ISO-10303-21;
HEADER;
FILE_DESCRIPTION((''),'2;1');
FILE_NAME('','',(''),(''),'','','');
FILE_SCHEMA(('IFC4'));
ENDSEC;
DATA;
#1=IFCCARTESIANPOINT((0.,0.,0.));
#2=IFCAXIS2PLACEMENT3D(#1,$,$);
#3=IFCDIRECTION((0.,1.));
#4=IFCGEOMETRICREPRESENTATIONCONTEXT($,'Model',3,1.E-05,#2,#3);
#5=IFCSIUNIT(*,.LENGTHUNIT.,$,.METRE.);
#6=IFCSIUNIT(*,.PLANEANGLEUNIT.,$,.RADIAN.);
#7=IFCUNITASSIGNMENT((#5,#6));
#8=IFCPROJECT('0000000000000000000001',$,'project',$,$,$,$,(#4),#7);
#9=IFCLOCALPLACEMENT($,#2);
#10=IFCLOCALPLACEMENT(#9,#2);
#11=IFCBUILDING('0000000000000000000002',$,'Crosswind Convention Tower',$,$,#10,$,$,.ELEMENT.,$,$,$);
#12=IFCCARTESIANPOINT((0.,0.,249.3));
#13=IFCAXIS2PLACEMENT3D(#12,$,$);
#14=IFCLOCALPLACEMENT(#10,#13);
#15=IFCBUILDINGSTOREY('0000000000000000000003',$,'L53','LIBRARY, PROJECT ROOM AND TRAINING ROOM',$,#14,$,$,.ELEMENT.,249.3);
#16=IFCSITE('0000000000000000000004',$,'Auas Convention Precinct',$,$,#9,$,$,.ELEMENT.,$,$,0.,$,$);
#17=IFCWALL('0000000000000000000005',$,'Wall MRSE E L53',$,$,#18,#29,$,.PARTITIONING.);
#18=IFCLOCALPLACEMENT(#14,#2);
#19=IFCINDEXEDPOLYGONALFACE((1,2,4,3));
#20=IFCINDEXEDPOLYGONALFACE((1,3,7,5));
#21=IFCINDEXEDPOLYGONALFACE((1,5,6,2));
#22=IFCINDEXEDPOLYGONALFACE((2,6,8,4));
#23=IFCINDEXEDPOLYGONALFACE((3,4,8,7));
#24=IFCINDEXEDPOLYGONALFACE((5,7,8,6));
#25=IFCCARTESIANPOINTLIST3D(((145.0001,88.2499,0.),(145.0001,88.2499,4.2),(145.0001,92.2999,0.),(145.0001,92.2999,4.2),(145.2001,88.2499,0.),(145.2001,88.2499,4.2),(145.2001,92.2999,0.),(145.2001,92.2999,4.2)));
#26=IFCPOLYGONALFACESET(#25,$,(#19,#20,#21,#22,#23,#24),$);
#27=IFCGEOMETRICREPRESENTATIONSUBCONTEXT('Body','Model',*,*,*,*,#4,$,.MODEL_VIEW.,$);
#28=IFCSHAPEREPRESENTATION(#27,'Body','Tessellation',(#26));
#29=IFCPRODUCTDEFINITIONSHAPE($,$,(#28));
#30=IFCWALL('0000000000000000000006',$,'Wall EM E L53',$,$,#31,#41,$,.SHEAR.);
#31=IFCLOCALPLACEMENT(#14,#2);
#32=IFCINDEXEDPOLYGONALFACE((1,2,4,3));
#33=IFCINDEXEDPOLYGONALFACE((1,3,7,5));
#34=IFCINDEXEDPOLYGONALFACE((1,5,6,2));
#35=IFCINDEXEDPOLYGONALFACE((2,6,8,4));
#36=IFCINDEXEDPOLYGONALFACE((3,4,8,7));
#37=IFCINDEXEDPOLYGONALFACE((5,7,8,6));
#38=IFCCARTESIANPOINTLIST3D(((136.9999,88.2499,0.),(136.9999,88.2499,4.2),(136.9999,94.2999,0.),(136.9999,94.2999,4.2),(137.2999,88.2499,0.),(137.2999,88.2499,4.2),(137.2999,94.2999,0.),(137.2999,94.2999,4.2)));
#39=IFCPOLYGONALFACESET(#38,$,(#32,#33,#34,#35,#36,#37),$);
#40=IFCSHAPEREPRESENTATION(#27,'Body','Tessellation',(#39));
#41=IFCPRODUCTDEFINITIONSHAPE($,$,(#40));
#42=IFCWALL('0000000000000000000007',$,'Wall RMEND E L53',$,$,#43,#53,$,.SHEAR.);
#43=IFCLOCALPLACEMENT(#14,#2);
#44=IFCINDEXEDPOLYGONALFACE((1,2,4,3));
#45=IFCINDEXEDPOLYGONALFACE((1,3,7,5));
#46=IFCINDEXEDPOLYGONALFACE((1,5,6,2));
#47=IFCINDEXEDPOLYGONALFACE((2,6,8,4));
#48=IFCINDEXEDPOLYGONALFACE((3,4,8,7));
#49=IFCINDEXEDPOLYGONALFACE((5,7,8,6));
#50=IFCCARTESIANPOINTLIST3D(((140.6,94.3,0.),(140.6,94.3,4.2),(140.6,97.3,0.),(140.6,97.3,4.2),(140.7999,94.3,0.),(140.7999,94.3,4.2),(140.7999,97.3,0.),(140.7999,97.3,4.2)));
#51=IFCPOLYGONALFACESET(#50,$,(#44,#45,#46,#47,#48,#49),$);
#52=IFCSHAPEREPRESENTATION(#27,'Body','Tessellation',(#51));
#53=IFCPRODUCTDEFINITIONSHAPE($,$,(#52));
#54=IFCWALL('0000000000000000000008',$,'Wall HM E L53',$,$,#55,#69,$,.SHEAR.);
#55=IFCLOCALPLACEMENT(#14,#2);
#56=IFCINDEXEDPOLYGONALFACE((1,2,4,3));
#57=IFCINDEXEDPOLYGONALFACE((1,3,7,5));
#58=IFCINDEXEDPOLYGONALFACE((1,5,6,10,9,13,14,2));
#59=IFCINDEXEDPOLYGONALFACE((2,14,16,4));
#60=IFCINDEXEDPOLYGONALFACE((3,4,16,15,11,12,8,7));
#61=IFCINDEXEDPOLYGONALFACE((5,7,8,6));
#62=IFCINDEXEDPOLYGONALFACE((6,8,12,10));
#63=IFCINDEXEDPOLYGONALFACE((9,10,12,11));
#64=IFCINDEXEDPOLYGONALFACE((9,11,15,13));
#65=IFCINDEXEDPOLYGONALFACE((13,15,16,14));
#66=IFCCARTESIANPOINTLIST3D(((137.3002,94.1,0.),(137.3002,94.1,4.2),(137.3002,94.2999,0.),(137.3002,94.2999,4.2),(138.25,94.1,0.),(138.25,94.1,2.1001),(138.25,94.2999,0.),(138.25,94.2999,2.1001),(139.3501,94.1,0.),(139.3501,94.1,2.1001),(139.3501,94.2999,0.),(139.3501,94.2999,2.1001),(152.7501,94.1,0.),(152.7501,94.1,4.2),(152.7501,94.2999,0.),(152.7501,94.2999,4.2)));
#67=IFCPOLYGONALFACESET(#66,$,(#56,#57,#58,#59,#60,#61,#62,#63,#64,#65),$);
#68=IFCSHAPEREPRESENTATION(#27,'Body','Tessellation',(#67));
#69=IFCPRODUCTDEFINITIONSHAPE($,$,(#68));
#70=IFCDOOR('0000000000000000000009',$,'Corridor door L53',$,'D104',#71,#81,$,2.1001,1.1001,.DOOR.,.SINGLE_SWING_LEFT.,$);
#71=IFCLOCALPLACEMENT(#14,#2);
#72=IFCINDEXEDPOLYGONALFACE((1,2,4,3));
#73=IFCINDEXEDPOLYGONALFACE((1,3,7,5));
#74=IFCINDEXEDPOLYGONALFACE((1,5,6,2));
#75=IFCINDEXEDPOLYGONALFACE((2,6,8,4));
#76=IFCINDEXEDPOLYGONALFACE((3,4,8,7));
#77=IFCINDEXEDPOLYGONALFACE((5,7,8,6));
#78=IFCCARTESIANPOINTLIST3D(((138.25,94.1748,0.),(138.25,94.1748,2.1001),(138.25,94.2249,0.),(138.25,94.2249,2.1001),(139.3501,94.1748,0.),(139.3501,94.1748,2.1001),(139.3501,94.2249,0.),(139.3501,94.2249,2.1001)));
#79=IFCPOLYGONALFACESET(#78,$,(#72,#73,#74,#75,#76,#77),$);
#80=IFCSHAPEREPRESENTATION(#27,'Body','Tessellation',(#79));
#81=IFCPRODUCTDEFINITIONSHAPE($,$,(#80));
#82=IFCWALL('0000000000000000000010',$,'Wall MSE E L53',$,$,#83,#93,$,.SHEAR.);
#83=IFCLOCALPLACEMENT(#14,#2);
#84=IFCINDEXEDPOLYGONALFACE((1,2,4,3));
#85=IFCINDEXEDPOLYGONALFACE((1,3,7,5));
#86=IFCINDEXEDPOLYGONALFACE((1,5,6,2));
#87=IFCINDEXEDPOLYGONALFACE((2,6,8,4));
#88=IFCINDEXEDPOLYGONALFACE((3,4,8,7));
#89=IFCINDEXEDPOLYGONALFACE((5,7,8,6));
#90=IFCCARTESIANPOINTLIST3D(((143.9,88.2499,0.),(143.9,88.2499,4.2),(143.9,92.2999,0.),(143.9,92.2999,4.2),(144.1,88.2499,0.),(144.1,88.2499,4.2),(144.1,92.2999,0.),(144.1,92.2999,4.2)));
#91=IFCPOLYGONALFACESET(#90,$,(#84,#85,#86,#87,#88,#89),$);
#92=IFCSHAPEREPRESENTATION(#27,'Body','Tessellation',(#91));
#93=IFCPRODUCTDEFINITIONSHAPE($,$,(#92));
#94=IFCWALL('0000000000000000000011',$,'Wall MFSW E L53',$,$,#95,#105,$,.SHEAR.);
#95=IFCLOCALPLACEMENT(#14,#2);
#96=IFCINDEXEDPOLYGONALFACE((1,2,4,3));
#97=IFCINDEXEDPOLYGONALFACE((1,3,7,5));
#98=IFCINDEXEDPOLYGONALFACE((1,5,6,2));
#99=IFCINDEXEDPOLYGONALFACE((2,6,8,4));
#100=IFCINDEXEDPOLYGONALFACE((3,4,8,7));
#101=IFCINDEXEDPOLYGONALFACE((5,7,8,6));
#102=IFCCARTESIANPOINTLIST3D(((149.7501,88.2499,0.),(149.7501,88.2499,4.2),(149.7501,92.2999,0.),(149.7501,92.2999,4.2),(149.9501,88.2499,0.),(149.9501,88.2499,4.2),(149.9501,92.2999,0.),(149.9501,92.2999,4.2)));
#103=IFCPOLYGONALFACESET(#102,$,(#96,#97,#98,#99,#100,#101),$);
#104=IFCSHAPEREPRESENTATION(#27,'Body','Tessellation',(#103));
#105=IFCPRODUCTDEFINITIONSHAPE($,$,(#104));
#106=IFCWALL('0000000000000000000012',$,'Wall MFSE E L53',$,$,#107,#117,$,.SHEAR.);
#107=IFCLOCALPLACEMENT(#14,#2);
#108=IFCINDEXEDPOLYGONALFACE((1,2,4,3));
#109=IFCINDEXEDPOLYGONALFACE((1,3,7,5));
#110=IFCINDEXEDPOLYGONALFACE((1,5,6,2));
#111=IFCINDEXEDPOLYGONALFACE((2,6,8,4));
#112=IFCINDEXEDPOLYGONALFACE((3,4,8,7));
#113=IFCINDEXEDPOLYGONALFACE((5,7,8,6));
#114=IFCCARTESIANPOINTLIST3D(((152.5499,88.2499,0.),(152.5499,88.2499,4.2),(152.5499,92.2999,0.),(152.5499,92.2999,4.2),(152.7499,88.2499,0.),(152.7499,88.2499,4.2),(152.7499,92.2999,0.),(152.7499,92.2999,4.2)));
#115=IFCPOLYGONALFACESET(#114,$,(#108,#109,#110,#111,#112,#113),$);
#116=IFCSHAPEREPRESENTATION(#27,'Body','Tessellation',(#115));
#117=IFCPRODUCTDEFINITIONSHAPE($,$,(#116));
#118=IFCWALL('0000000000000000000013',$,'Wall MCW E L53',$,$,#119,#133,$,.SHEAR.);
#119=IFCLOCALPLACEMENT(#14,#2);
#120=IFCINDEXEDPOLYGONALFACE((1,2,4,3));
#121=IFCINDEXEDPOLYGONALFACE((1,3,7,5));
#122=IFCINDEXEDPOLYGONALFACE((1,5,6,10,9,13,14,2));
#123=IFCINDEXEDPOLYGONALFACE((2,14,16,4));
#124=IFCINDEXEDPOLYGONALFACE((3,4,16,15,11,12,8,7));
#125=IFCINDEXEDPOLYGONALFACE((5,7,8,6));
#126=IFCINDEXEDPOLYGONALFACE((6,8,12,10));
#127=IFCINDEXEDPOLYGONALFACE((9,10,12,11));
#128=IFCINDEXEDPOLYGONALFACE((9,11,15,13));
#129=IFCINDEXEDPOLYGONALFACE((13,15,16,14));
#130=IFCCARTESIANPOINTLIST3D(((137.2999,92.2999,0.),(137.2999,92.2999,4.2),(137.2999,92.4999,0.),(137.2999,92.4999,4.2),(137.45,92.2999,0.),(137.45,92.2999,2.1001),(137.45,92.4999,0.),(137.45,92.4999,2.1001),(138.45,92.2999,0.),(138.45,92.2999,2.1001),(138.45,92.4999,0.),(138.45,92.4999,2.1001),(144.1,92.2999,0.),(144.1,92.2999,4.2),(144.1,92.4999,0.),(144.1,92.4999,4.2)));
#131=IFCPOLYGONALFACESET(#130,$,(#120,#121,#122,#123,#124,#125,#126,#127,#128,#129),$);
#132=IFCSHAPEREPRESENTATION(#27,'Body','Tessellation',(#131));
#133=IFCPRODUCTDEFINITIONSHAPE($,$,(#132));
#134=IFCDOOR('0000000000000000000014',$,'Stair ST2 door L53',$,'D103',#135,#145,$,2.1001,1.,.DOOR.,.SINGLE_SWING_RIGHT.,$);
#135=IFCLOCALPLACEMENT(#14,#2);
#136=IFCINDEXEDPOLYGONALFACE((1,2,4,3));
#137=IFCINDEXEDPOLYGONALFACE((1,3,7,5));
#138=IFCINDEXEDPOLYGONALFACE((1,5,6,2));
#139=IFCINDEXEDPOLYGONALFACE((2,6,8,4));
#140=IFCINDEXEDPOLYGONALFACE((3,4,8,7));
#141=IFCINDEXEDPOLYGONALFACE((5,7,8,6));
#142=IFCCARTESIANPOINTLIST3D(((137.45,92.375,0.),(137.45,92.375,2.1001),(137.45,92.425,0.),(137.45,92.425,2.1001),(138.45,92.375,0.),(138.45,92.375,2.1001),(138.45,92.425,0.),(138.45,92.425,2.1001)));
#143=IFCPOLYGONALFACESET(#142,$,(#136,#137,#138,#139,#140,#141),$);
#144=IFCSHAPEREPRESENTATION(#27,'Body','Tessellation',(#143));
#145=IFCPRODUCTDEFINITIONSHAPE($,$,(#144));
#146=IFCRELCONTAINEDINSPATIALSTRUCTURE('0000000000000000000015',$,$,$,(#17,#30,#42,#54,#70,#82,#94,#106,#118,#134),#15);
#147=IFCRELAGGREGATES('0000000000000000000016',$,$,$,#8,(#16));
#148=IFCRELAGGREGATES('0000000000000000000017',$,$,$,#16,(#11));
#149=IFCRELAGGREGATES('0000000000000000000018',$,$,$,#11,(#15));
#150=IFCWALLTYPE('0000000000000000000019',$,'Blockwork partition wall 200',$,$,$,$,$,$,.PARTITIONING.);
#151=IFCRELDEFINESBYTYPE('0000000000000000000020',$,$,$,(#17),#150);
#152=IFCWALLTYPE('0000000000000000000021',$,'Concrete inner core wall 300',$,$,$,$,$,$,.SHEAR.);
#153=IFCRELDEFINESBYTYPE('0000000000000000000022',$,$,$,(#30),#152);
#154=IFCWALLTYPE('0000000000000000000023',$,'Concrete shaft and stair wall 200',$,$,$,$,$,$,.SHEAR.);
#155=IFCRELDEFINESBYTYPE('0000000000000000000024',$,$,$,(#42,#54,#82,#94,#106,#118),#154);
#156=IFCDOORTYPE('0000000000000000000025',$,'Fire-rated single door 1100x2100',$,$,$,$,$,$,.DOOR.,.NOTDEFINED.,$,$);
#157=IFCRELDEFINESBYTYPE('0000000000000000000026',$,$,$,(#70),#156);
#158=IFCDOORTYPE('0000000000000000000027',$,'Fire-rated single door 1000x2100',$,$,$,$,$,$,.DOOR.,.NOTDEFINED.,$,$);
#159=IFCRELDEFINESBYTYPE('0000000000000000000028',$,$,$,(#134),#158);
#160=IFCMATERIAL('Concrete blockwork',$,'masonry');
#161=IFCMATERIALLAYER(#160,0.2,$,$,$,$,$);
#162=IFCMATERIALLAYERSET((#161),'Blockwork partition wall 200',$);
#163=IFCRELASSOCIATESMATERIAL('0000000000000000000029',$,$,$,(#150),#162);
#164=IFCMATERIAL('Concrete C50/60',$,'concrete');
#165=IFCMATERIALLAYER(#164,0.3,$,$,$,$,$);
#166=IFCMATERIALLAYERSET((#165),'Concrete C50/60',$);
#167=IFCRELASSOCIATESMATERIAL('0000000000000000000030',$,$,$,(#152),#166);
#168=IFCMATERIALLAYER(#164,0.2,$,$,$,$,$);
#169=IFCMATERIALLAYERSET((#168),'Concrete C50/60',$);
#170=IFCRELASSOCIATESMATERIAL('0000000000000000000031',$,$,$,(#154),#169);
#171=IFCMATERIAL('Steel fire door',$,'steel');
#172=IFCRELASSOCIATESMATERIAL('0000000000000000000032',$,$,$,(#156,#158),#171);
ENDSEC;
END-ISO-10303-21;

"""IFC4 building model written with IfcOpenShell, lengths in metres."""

from ifc_helpers import new_model, si_unit, direction, frame, frame_2d, origin, place, context, subcontext, project, spatial, rectangle, extrude, material, layer, layer_set, type_object, element, fill, save


model = new_model("IFC4")

# Units and contexts
model_context = context("Model", 3, precision=1e-05, world=origin(), true_north=direction((0.0, 1.0)))
body_context = subcontext(model_context, "Body", "Model", "MODEL_VIEW")
ifc_project = project(units=[si_unit("LENGTHUNIT", "METRE"), si_unit("PLANEANGLEUNIT", "RADIAN")], contexts=[model_context])

# Site, building, storey
site_placement = place(None, origin())
site = spatial("IfcSite", under=ifc_project, at=site_placement, Name="Auas Convention Precinct", CompositionType="ELEMENT", RefElevation=0.0)
building_placement = place(site_placement, origin())
building = spatial("IfcBuilding", under=site, at=building_placement, Name="Crosswind Convention Tower", CompositionType="ELEMENT")
storey_placement = place(building_placement, frame((0.0, 0.0, 249.3)))
storey = spatial("IfcBuildingStorey", under=building, at=storey_placement, Name="L53", Description="LIBRARY, PROJECT ROOM AND TRAINING ROOM", CompositionType="ELEMENT", Elevation=249.3)

# Wall
ifc_material_1 = material(Name="Concrete blockwork", Category="masonry")
ifc_layer_1 = layer(ifc_material_1, 0.2)
ifc_layer_set_1 = layer_set([ifc_layer_1], Name="Blockwork partition wall 200")
wall_type_1 = type_object("IfcWallType", Name="Blockwork partition wall 200", PredefinedType="PARTITIONING", material=ifc_layer_set_1)
wall_1_placement = place(storey_placement, frame((145.1001, 88.25, 0.0), z_axis=(0.0, 0.0, 1.0), x_axis=(0.0, 1.0, 0.0)))
element("IfcWall", 1, at=wall_1_placement, inside=storey, type_object=wall_type_1, Name="Wall MRSE E L53", PredefinedType="PARTITIONING", context=body_context, shape_type="SweptSolid", body=[
    extrude(rectangle(XDim=4.05, YDim=0.2, at=frame_2d((2.0249, 0.0))), origin(), (0.0, 0.0, 1.0), 4.2),
])

# Shared definitions
ifc_material_2 = material(Name="Concrete C50/60", Category="concrete")
ifc_layer_2 = layer(ifc_material_2, 0.3)
ifc_layer_set_2 = layer_set([ifc_layer_2], Name="Concrete C50/60")
wall_type_2 = type_object("IfcWallType", Name="Concrete inner core wall 300", PredefinedType="SHEAR", material=ifc_layer_set_2)

# Walls
wall_2_placement = place(storey_placement, frame((137.1499, 88.25, 0.0), z_axis=(0.0, 0.0, 1.0), x_axis=(0.0, 1.0, 0.0)))
element("IfcWall", 2, at=wall_2_placement, inside=storey, type_object=wall_type_2, Name="Wall EM E L53", PredefinedType="SHEAR", context=body_context, shape_type="SweptSolid", body=[
    extrude(rectangle(XDim=6.05, YDim=0.3, at=frame_2d((3.0249, 0.0))), origin(), (0.0, 0.0, 1.0), 4.2),
])
ifc_layer_3 = layer(ifc_material_2, 0.2)
ifc_layer_set_3 = layer_set([ifc_layer_3], Name="Concrete C50/60")
wall_type_3 = type_object("IfcWallType", Name="Concrete shaft and stair wall 200", PredefinedType="SHEAR", material=ifc_layer_set_3)
wall_3_placement = place(storey_placement, frame((140.7, 94.3, 0.0), z_axis=(0.0, 0.0, 1.0), x_axis=(0.0, 1.0, 0.0)))
element("IfcWall", 3, at=wall_3_placement, inside=storey, type_object=wall_type_3, Name="Wall RMEND E L53", PredefinedType="SHEAR", context=body_context, shape_type="SweptSolid", body=[
    extrude(rectangle(XDim=3.0, YDim=0.2, at=frame_2d((1.5, 0.0))), origin(), (0.0, 0.0, 1.0), 4.2),
])

# Wall, opening, door
wall_4_placement = place(storey_placement, frame((137.3, 94.2, 0.0), z_axis=(0.0, 0.0, 1.0), x_axis=(1.0, 0.0, 0.0)))
wall_4 = element("IfcWall", 4, at=wall_4_placement, inside=storey, type_object=wall_type_3, Name="Wall HM E L53", PredefinedType="SHEAR", context=body_context, shape_type="SweptSolid", body=[
    extrude(rectangle(XDim=15.45, YDim=0.2, at=frame_2d((7.7251, 0.0))), origin(), (0.0, 0.0, 1.0), 4.2),
])
opening_1_placement = place(wall_4_placement, frame((0.95, 0.0, 0.0)))
opening_1 = element("IfcOpeningElement", 5, at=opening_1_placement, cuts=wall_4, PredefinedType="OPENING", context=body_context, shape_type="SweptSolid", body=[
    extrude(rectangle(XDim=1.1001, YDim=2.1001, at=frame_2d((0.55, 1.05))), frame((0.0, 0.1099, 0.0), z_axis=(0.0, -1.0, 0.0), x_axis=(1.0, 0.0, 0.0)), (0.0, 0.0, 1.0), 0.22),
])
ifc_material_3 = material(Name="Steel fire door", Category="steel")
door_type_1 = type_object("IfcDoorType", Name="Fire-rated single door 1100x2100", OperationType="NOTDEFINED", PredefinedType="DOOR", material=ifc_material_3)
door_1_placement = place(opening_1_placement, origin())
door_1 = element("IfcDoor", 6, at=door_1_placement, inside=storey, type_object=door_type_1, Name="Corridor door L53", ObjectType="D104", OperationType="SINGLE_SWING_LEFT", OverallHeight=2.1001, OverallWidth=1.1001, PredefinedType="DOOR", context=body_context, shape_type="SweptSolid", body=[
    extrude(rectangle(XDim=1.1001, YDim=2.1001, at=frame_2d((0.55, 1.05))), frame((0.0, 0.0249, 0.0), z_axis=(0.0, -1.0, 0.0), x_axis=(1.0, 0.0, 0.0)), (0.0, 0.0, 1.0), 0.05),
])
fill(opening_1, door_1)

# Walls
for number, where, z_axis, x_axis, name in (
    (7, (144.0, 88.25, 0.0), (0.0, 0.0, 1.0), (0.0, 1.0, 0.0), "Wall MSE E L53"),
    (8, (149.8501, 88.25, 0.0), (0.0, 0.0, 1.0), (0.0, 1.0, 0.0), "Wall MFSW E L53"),
    (9, (152.6499, 88.25, 0.0), (0.0, 0.0, 1.0), (0.0, 1.0, 0.0), "Wall MFSE E L53"),
):
    element("IfcWall", number, at=place(storey_placement, frame(where, z_axis=z_axis, x_axis=x_axis)), inside=storey, type_object=wall_type_3, Name=name, PredefinedType="SHEAR", context=body_context, shape_type="SweptSolid", body=[
        extrude(rectangle(XDim=4.05, YDim=0.2, at=frame_2d((2.0249, 0.0))), origin(), (0.0, 0.0, 1.0), 4.2),
    ])

# Wall, opening, door
wall_5_placement = place(storey_placement, frame((137.3, 92.3999, 0.0), z_axis=(0.0, 0.0, 1.0), x_axis=(1.0, 0.0, 0.0)))
wall_5 = element("IfcWall", 10, at=wall_5_placement, inside=storey, type_object=wall_type_3, Name="Wall MCW E L53", PredefinedType="SHEAR", context=body_context, shape_type="SweptSolid", body=[
    extrude(rectangle(XDim=6.8, YDim=0.2, at=frame_2d((3.3999, 0.0))), origin(), (0.0, 0.0, 1.0), 4.2),
])
opening_2_placement = place(wall_5_placement, frame((0.1499, 0.0, 0.0)))
opening_2 = element("IfcOpeningElement", 11, at=opening_2_placement, cuts=wall_5, PredefinedType="OPENING", context=body_context, shape_type="SweptSolid", body=[
    extrude(rectangle(XDim=1.0, YDim=2.1001, at=frame_2d((0.5, 1.05))), frame((0.0, 0.1099, 0.0), z_axis=(0.0, -1.0, 0.0), x_axis=(1.0, 0.0, 0.0)), (0.0, 0.0, 1.0), 0.22),
])
door_type_2 = type_object("IfcDoorType", Name="Fire-rated single door 1000x2100", OperationType="NOTDEFINED", PredefinedType="DOOR", material=ifc_material_3)
door_2_placement = place(opening_2_placement, frame((1.0, 0.0, 0.0), z_axis=(0.0, 0.0, 1.0), x_axis=(-1.0, 0.0, 0.0)))
door_2 = element("IfcDoor", 12, at=door_2_placement, inside=storey, type_object=door_type_2, Name="Stair ST2 door L53", ObjectType="D103", OperationType="SINGLE_SWING_RIGHT", OverallHeight=2.1001, OverallWidth=1.0, PredefinedType="DOOR", context=body_context, shape_type="SweptSolid", body=[
    extrude(rectangle(XDim=1.0, YDim=2.1001, at=frame_2d((0.5, 1.05))), frame((0.0, 0.0249, 0.0), z_axis=(0.0, -1.0, 0.0), x_axis=(1.0, 0.0, 0.0)), (0.0, 0.0, 1.0), 0.05),
])
fill(opening_2, door_2)

save(model, "model.ifc")
